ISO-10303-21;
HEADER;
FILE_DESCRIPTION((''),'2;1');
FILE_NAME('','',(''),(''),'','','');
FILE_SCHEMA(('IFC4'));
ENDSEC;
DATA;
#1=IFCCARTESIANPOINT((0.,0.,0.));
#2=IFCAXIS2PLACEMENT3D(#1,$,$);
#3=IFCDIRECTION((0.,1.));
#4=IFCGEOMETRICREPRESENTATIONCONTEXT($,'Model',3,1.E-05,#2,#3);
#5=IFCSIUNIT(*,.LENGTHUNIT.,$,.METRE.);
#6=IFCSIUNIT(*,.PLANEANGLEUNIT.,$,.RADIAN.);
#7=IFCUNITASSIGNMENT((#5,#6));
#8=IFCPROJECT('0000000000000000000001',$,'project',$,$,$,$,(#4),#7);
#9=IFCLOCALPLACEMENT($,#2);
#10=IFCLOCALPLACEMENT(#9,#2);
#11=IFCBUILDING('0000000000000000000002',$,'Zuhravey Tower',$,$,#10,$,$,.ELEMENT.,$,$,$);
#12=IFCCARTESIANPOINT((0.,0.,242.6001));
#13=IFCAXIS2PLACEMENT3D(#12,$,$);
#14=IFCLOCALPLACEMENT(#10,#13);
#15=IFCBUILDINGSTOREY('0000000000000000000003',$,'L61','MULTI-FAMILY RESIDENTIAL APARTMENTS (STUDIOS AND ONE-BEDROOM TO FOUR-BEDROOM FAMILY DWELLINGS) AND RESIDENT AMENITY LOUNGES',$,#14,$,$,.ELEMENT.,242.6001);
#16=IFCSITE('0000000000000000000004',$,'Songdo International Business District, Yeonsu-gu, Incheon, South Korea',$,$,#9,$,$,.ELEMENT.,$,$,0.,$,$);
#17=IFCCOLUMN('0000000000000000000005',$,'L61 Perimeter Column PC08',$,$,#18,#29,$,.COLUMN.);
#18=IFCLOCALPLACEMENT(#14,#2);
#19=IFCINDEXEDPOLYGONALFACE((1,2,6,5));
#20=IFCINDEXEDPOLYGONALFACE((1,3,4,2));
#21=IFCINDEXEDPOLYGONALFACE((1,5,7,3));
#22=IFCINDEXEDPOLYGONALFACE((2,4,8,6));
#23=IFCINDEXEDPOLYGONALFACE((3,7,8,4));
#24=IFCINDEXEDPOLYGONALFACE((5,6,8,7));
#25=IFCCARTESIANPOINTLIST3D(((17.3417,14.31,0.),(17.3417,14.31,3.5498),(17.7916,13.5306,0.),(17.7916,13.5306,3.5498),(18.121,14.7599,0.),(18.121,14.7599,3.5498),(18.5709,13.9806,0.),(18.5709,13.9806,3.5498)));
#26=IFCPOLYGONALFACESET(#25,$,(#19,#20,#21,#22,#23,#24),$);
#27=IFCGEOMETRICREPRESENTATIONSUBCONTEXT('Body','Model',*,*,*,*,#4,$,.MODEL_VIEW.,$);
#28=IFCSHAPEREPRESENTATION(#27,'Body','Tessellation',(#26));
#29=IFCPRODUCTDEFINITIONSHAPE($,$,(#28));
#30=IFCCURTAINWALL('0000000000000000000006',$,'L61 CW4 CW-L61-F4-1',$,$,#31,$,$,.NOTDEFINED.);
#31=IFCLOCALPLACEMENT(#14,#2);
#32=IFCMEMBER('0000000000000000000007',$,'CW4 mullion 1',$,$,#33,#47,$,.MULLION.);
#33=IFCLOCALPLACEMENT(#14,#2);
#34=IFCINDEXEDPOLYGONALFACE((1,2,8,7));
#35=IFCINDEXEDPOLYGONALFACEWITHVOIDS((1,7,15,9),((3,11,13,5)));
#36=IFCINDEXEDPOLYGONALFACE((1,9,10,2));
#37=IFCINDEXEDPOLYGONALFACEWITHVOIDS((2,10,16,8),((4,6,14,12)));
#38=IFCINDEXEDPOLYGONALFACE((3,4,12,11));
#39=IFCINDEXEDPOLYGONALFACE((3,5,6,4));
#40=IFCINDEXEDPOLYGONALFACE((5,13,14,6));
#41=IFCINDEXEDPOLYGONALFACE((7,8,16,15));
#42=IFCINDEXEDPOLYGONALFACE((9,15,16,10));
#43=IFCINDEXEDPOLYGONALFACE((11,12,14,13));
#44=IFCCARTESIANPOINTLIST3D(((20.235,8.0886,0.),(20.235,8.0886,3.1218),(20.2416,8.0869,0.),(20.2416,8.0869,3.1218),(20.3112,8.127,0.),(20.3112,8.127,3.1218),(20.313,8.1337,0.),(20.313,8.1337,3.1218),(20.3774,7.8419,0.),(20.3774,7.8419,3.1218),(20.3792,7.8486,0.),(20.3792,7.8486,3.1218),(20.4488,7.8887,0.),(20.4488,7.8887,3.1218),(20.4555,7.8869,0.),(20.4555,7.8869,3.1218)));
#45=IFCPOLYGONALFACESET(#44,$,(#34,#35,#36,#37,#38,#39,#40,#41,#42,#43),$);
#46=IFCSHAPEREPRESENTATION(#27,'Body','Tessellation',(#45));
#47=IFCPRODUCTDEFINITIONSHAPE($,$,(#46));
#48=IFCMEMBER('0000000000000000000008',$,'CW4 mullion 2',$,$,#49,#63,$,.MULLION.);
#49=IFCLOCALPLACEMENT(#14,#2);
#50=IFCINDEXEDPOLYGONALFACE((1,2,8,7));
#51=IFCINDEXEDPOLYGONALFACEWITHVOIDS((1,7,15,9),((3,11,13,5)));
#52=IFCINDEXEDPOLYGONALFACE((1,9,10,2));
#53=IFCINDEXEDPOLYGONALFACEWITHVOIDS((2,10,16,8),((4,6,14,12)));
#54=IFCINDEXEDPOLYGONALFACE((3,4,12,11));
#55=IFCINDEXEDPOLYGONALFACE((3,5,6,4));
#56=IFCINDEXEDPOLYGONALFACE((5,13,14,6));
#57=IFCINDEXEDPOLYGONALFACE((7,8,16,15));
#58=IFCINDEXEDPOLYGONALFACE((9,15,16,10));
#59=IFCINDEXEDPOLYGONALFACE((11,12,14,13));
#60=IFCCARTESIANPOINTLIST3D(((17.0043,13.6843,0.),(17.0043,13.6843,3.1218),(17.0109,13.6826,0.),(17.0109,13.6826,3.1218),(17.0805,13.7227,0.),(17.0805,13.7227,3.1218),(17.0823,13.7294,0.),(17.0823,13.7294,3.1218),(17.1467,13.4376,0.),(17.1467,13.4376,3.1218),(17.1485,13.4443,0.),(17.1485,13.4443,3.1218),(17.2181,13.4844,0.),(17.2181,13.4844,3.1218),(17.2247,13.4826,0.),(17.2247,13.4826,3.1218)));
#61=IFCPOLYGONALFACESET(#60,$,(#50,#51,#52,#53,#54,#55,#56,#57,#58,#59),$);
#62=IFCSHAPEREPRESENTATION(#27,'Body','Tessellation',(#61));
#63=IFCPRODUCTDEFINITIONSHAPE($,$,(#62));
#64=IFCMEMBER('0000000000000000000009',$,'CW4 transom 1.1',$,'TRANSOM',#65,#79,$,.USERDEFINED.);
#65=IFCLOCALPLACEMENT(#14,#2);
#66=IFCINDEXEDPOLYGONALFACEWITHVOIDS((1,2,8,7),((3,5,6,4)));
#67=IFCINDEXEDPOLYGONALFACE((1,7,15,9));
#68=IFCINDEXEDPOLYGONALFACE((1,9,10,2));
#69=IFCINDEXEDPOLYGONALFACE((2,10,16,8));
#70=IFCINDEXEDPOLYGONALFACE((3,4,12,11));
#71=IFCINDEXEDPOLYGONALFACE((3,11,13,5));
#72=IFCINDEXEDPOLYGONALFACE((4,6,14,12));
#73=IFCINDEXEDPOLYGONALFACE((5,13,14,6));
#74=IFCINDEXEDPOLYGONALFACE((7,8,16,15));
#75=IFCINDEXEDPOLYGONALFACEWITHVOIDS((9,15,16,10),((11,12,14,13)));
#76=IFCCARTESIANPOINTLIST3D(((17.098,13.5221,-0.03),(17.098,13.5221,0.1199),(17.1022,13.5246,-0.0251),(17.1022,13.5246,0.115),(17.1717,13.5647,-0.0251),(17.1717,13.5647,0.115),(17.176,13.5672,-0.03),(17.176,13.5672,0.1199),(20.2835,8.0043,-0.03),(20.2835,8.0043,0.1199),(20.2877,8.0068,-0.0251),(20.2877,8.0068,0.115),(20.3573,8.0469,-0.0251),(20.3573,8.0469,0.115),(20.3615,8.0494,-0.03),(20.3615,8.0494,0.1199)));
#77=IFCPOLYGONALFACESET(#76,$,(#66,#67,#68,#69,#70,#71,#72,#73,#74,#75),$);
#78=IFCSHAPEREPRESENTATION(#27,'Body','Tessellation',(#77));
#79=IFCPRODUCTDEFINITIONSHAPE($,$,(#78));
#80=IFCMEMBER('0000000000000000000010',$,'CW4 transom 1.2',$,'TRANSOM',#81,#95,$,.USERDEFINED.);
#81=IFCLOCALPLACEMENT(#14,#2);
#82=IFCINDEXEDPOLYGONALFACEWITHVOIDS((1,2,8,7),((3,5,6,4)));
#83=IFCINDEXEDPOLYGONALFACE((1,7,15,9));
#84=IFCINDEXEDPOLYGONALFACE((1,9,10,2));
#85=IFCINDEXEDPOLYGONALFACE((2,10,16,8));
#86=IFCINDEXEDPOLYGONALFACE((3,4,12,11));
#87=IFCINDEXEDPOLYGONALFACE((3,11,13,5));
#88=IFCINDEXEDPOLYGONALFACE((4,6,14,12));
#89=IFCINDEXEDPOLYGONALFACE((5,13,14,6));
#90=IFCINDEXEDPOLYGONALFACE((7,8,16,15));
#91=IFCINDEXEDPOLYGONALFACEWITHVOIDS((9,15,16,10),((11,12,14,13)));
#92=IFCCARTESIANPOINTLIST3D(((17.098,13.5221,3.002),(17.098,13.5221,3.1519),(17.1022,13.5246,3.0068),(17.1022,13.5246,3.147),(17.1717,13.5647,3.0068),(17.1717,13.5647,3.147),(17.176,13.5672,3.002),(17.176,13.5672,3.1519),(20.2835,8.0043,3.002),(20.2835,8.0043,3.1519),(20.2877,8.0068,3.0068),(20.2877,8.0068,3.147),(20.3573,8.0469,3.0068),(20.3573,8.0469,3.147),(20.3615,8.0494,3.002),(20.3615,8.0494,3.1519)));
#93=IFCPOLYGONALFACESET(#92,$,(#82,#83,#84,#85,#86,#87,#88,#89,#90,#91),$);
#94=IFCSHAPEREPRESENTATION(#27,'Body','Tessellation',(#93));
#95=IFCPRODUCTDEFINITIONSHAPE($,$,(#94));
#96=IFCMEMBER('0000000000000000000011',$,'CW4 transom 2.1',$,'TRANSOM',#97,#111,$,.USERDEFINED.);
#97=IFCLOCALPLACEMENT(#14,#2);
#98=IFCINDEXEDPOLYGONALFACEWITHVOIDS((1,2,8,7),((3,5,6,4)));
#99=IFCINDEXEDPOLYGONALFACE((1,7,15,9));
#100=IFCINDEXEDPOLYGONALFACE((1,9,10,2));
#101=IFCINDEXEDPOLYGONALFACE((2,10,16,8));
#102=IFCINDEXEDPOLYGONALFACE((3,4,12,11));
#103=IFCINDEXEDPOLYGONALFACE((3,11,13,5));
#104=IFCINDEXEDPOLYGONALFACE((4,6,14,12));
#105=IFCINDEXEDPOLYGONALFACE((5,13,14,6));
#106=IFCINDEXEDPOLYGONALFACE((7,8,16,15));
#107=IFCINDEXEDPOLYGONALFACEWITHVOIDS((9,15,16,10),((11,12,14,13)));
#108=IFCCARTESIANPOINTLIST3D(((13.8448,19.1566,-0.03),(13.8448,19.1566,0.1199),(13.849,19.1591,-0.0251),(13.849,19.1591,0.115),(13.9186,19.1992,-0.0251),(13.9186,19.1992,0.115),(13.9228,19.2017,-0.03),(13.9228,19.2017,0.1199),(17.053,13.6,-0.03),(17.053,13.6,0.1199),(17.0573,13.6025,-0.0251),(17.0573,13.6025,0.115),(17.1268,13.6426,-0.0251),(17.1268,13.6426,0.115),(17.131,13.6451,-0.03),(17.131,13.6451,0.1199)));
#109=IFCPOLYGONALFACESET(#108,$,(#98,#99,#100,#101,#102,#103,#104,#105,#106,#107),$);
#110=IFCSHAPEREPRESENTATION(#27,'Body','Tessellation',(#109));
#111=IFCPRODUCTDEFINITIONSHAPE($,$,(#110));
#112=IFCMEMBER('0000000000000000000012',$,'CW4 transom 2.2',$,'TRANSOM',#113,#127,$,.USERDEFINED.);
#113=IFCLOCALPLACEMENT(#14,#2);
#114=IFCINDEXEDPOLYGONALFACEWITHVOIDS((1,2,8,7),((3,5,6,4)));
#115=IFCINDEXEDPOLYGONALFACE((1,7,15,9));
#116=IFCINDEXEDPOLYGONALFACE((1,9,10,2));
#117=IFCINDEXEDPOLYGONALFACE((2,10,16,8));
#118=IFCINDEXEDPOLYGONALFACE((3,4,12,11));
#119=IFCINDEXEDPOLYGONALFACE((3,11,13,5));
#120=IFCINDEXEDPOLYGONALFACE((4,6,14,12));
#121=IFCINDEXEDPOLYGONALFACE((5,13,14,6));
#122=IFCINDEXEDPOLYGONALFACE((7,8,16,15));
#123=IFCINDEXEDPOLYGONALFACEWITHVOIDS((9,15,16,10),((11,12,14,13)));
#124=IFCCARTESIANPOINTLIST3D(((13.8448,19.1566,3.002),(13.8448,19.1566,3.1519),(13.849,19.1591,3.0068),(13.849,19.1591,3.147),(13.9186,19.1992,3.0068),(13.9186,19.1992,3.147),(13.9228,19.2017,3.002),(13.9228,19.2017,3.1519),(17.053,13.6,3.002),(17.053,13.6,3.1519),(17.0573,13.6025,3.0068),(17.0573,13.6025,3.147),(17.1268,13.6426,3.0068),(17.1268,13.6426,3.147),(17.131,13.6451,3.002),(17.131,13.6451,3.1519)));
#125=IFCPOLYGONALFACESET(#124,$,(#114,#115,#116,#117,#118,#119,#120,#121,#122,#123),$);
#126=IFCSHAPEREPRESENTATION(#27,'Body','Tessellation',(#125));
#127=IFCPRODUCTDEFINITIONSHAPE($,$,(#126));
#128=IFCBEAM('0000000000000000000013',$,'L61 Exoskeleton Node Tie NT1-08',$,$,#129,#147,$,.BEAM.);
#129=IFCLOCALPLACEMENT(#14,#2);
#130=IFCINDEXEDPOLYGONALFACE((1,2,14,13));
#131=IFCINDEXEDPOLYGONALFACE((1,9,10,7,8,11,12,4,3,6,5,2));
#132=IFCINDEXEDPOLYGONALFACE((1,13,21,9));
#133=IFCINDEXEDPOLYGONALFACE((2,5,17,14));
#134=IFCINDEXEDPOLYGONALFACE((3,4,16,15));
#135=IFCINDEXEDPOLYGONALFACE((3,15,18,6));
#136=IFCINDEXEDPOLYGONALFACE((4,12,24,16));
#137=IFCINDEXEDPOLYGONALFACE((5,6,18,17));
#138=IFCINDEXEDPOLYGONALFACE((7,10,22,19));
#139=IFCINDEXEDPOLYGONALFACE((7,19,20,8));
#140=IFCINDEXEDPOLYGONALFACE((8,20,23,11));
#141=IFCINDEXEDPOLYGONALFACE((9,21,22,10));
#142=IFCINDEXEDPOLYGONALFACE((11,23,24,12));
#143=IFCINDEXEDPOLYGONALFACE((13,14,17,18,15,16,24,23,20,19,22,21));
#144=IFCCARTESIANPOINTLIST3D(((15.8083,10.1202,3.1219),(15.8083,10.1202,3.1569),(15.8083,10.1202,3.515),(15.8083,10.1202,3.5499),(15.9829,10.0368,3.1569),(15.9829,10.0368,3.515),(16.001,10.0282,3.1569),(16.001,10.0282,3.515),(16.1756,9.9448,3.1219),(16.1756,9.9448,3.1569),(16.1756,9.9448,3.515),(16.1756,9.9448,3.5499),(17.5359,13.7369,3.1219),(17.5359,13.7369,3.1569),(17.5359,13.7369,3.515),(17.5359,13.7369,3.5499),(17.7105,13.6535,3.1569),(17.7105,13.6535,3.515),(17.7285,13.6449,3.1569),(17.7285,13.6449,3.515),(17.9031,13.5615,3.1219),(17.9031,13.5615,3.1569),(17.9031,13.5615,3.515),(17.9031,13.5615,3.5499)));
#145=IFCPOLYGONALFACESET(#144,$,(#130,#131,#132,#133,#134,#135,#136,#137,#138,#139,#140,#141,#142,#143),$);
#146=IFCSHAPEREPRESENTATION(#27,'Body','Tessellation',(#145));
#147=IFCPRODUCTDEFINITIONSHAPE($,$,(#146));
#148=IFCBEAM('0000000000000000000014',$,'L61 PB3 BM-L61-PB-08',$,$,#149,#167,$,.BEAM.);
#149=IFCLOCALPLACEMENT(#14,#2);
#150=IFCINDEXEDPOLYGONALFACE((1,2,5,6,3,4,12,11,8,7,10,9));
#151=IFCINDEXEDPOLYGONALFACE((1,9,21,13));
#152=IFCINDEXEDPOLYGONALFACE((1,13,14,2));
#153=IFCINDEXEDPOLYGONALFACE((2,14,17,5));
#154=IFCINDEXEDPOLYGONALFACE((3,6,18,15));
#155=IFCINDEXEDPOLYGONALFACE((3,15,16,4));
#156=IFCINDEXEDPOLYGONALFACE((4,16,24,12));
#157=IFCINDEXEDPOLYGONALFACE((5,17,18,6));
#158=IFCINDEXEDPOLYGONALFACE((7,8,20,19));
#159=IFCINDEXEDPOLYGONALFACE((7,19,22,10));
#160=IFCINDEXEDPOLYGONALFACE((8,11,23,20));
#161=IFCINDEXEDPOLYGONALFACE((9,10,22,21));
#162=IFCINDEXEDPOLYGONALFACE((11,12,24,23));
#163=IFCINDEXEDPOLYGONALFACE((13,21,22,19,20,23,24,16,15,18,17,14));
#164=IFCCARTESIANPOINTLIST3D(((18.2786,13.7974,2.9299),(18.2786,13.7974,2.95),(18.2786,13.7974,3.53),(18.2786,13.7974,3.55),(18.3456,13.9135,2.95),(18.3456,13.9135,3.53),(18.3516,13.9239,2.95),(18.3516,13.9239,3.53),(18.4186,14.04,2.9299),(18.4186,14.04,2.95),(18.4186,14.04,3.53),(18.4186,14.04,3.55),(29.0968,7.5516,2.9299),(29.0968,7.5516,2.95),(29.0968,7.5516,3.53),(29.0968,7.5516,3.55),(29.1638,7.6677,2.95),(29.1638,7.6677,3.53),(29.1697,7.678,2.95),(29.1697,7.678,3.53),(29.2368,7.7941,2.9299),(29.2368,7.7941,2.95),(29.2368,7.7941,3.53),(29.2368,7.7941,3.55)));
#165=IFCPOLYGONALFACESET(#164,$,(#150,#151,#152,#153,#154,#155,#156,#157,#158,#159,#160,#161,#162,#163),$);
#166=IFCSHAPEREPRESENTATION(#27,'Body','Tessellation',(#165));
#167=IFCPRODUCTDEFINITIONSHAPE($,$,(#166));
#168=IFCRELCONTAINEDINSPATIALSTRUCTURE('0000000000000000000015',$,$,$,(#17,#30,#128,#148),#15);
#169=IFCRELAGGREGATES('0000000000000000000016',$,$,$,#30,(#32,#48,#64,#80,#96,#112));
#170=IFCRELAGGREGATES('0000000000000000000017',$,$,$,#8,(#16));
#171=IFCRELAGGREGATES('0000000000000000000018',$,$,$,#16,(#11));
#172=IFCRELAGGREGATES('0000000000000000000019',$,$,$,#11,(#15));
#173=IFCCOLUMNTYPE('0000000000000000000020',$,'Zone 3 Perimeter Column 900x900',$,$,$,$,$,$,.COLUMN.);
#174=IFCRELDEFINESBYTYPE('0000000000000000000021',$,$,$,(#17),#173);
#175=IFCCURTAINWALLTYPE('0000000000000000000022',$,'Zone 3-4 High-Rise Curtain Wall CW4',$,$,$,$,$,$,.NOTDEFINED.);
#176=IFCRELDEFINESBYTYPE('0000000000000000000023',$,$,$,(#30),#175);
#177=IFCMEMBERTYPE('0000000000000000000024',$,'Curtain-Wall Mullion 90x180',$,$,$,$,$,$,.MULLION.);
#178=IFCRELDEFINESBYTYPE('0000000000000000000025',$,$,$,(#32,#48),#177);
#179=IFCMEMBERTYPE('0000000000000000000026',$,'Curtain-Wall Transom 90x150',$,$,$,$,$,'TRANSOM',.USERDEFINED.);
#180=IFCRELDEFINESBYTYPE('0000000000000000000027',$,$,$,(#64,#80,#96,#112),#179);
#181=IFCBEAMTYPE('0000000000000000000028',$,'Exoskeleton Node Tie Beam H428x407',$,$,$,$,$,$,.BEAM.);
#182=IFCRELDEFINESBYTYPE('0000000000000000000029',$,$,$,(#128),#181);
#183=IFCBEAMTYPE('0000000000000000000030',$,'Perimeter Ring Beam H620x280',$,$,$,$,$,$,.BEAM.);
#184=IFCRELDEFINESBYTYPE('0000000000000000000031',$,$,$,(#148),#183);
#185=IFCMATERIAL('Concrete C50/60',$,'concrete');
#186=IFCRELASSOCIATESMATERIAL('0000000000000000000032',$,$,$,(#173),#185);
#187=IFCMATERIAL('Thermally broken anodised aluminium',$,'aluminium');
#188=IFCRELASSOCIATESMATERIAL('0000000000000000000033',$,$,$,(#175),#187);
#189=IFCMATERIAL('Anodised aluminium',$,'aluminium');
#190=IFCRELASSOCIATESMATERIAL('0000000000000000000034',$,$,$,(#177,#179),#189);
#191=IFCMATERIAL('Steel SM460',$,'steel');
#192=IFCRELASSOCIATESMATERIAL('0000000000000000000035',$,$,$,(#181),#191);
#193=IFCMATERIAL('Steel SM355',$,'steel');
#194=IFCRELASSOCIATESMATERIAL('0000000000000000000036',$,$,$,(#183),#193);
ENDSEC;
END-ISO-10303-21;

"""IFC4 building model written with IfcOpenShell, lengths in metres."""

from ifc_helpers import new_model, si_unit, direction, frame, origin, origin_2d, place, context, subcontext, project, spatial, rectangle, hollow_rectangle, i_section, extrude, material, material_profile, profile_set, type_object, element, aggregate, save


model = new_model("IFC4")

# Units and contexts
model_context = context("Model", 3, precision=1e-05, world=origin(), true_north=direction((0.0, 1.0)))
body_context = subcontext(model_context, "Body", "Model", "MODEL_VIEW")
ifc_project = project(units=[si_unit("LENGTHUNIT", "METRE"), si_unit("PLANEANGLEUNIT", "RADIAN")], contexts=[model_context])

# Site, building, storey
site_placement = place(None, origin())
site = spatial("IfcSite", under=ifc_project, at=site_placement, Name="Songdo International Business District, Yeonsu-gu, Incheon, South Korea", CompositionType="ELEMENT", RefElevation=0.0)
building_placement = place(site_placement, origin())
building = spatial("IfcBuilding", under=site, at=building_placement, Name="Zuhravey Tower", CompositionType="ELEMENT")
storey_placement = place(building_placement, frame((0.0, 0.0, 242.6001)))
storey = spatial("IfcBuildingStorey", under=building, at=storey_placement, Name="L61", Description="MULTI-FAMILY RESIDENTIAL APARTMENTS (STUDIOS AND ONE-BEDROOM TO FOUR-BEDROOM FAMILY DWELLINGS) AND RESIDENT AMENITY LOUNGES", CompositionType="ELEMENT", Elevation=242.6001)

# Column
ifc_material_1 = material(Name="Concrete C50/60", Category="concrete")
ifc_material_profile_1 = material_profile(ifc_material_1, rectangle(XDim=0.8999, YDim=0.8999, at=origin_2d()), Name="RC-900x900")
ifc_profile_set_1 = profile_set([ifc_material_profile_1], Name="Concrete C50/60")
column_type = type_object("IfcColumnType", Name="Zone 3 Perimeter Column 900x900", PredefinedType="COLUMN", material=ifc_profile_set_1)
column_placement = place(storey_placement, frame((17.9563, 14.1453, 0.0), z_axis=(0.0, 0.0, 1.0), x_axis=(0.5, -0.866025, 0.0)))
element("IfcColumn", 1, at=column_placement, inside=storey, type_object=column_type, Name="L61 Perimeter Column PC08", PredefinedType="COLUMN", context=body_context, shape_type="SweptSolid", body=[
    extrude(rectangle(XDim=0.8999, YDim=0.8999, at=origin_2d()), origin(), (0.0, 0.0, 1.0), 3.5498),
])

# Curtain wall, members
ifc_material_2 = material(Name="Thermally broken anodised aluminium", Category="aluminium")
curtain_wall_type = type_object("IfcCurtainWallType", Name="Zone 3-4 High-Rise Curtain Wall CW4", PredefinedType="NOTDEFINED", material=ifc_material_2)
curtain_wall_placement = place(storey_placement, origin())
curtain_wall = element("IfcCurtainWall", 2, at=curtain_wall_placement, inside=storey, type_object=curtain_wall_type, Name="L61 CW4 CW-L61-F4-1", PredefinedType="NOTDEFINED")
ifc_material_3 = material(Name="Anodised aluminium", Category="aluminium")
ifc_material_profile_2 = material_profile(ifc_material_3, hollow_rectangle(XDim=0.0901, YDim=0.2849, WallThickness=0.0049, at=origin_2d()), Name="ALU-RHS-90x285x5")
ifc_profile_set_2 = profile_set([ifc_material_profile_2], Name="Anodised aluminium")
member_type_1 = type_object("IfcMemberType", Name="Curtain-Wall Mullion 90x180", PredefinedType="MULLION", material=ifc_profile_set_2)
member_1_placement = place(storey_placement, frame((20.3452, 7.9878, 0.0), z_axis=(0.0, 0.0, 1.0), x_axis=(-0.866025, -0.500001, 0.0)))
member_1 = element("IfcMember", 3, at=member_1_placement, type_object=member_type_1, Name="CW4 mullion 1", PredefinedType="MULLION", context=body_context, shape_type="SweptSolid", body=[
    extrude(hollow_rectangle(XDim=0.0901, YDim=0.2849, WallThickness=0.0049, at=origin_2d()), origin(), (0.0, 0.0, 1.0), 3.1218),
])
member_2_placement = place(storey_placement, frame((17.1145, 13.5835, 0.0), z_axis=(0.0, 0.0, 1.0), x_axis=(-0.866025, -0.500001, 0.0)))
member_2 = element("IfcMember", 4, at=member_2_placement, type_object=member_type_1, Name="CW4 mullion 2", PredefinedType="MULLION", context=body_context, shape_type="SweptSolid", body=[
    extrude(hollow_rectangle(XDim=0.0901, YDim=0.2849, WallThickness=0.0049, at=origin_2d()), origin(), (0.0, 0.0, 1.0), 3.1218),
])
ifc_material_profile_3 = material_profile(ifc_material_3, hollow_rectangle(XDim=0.0901, YDim=0.1499, WallThickness=0.0049, at=origin_2d()), Name="ALU-RHS-90x150x5")
ifc_profile_set_3 = profile_set([ifc_material_profile_3], Name="Anodised aluminium")
member_type_2 = type_object("IfcMemberType", Name="Curtain-Wall Transom 90x150", ElementType="TRANSOM", PredefinedType="USERDEFINED", material=ifc_profile_set_3)
member_3_placement = place(storey_placement, frame((20.3225, 8.0269, 0.0449), z_axis=(-0.49998, 0.866037, 0.0), x_axis=(-0.866037, -0.49998, 0.0)))
member_3 = element("IfcMember", 5, at=member_3_placement, type_object=member_type_2, Name="CW4 transom 1.1", ObjectType="TRANSOM", PredefinedType="USERDEFINED", context=body_context, shape_type="SweptSolid", body=[
    extrude(hollow_rectangle(XDim=0.0901, YDim=0.1499, WallThickness=0.0049, at=origin_2d()), origin(), (0.0, 0.0, 1.0), 6.3713),
])
member_4_placement = place(storey_placement, frame((20.3225, 8.0269, 3.0769), z_axis=(-0.49998, 0.866037, 0.0), x_axis=(-0.866037, -0.49998, 0.0)))
member_4 = element("IfcMember", 6, at=member_4_placement, type_object=member_type_2, Name="CW4 transom 1.2", ObjectType="TRANSOM", PredefinedType="USERDEFINED", context=body_context, shape_type="SweptSolid", body=[
    extrude(hollow_rectangle(XDim=0.0901, YDim=0.1499, WallThickness=0.0049, at=origin_2d()), origin(), (0.0, 0.0, 1.0), 6.3713),
])
member_5_placement = place(storey_placement, frame((17.092, 13.6226, 0.0449), z_axis=(-0.500014, 0.866017, 0.0), x_axis=(-0.866017, -0.500014, 0.0)))
member_5 = element("IfcMember", 7, at=member_5_placement, type_object=member_type_2, Name="CW4 transom 2.1", ObjectType="TRANSOM", PredefinedType="USERDEFINED", context=body_context, shape_type="SweptSolid", body=[
    extrude(hollow_rectangle(XDim=0.0901, YDim=0.1499, WallThickness=0.0049, at=origin_2d()), origin(), (0.0, 0.0, 1.0), 6.4163),
])
member_6_placement = place(storey_placement, frame((17.092, 13.6226, 3.0769), z_axis=(-0.500014, 0.866017, 0.0), x_axis=(-0.866017, -0.500014, 0.0)))
member_6 = element("IfcMember", 8, at=member_6_placement, type_object=member_type_2, Name="CW4 transom 2.2", ObjectType="TRANSOM", PredefinedType="USERDEFINED", context=body_context, shape_type="SweptSolid", body=[
    extrude(hollow_rectangle(XDim=0.0901, YDim=0.1499, WallThickness=0.0049, at=origin_2d()), origin(), (0.0, 0.0, 1.0), 6.4163),
])

# Beams
ifc_material_4 = material(Name="Steel SM460", Category="steel")
ifc_material_profile_4 = material_profile(ifc_material_4, i_section(OverallWidth=0.407, OverallDepth=0.428, WebThickness=0.02, FlangeThickness=0.0349, at=origin_2d()), Name="H-428x407x20x35")
ifc_profile_set_4 = profile_set([ifc_material_profile_4], Name="Steel SM460")
beam_type_1 = type_object("IfcBeamType", Name="Exoskeleton Node Tie Beam H428x407", PredefinedType="BEAM", material=ifc_profile_set_4)
beam_1_placement = place(storey_placement, frame((17.7195, 13.6492, 3.3359), z_axis=(-0.431011, -0.902346, 0.0), x_axis=(0.902346, -0.431011, 0.0)))
element("IfcBeam", 9, at=beam_1_placement, inside=storey, type_object=beam_type_1, Name="L61 Exoskeleton Node Tie NT1-08", PredefinedType="BEAM", context=body_context, shape_type="SweptSolid", body=[
    extrude(i_section(OverallWidth=0.407, OverallDepth=0.428, WebThickness=0.02, FlangeThickness=0.0349, at=origin_2d()), origin(), (0.0, 0.0, 1.0), 4.0081),
])
ifc_material_5 = material(Name="Steel SM355", Category="steel")
ifc_material_profile_5 = material_profile(ifc_material_5, i_section(OverallWidth=0.28, OverallDepth=0.6201, WebThickness=0.012, FlangeThickness=0.02, at=origin_2d()), Name="H-620x280x12x20")
ifc_profile_set_5 = profile_set([ifc_material_profile_5], Name="Steel SM355")
beam_type_2 = type_object("IfcBeamType", Name="Perimeter Ring Beam H620x280", PredefinedType="BEAM", material=ifc_profile_set_5)
beam_2_placement = place(storey_placement, frame((18.3486, 13.9187, 3.24), z_axis=(0.866025, -0.5, 0.0), x_axis=(0.5, 0.866025, 0.0)))
element("IfcBeam", 10, at=beam_2_placement, inside=storey, type_object=beam_type_2, Name="L61 PB3 BM-L61-PB-08", PredefinedType="BEAM", context=body_context, shape_type="SweptSolid", body=[
    extrude(i_section(OverallWidth=0.28, OverallDepth=0.6201, WebThickness=0.012, FlangeThickness=0.02, at=origin_2d()), origin(), (0.0, 0.0, 1.0), 12.4917),
])

aggregate(curtain_wall, [member_1, member_2, member_3, member_4, member_5, member_6])

save(model, "model.ifc")
